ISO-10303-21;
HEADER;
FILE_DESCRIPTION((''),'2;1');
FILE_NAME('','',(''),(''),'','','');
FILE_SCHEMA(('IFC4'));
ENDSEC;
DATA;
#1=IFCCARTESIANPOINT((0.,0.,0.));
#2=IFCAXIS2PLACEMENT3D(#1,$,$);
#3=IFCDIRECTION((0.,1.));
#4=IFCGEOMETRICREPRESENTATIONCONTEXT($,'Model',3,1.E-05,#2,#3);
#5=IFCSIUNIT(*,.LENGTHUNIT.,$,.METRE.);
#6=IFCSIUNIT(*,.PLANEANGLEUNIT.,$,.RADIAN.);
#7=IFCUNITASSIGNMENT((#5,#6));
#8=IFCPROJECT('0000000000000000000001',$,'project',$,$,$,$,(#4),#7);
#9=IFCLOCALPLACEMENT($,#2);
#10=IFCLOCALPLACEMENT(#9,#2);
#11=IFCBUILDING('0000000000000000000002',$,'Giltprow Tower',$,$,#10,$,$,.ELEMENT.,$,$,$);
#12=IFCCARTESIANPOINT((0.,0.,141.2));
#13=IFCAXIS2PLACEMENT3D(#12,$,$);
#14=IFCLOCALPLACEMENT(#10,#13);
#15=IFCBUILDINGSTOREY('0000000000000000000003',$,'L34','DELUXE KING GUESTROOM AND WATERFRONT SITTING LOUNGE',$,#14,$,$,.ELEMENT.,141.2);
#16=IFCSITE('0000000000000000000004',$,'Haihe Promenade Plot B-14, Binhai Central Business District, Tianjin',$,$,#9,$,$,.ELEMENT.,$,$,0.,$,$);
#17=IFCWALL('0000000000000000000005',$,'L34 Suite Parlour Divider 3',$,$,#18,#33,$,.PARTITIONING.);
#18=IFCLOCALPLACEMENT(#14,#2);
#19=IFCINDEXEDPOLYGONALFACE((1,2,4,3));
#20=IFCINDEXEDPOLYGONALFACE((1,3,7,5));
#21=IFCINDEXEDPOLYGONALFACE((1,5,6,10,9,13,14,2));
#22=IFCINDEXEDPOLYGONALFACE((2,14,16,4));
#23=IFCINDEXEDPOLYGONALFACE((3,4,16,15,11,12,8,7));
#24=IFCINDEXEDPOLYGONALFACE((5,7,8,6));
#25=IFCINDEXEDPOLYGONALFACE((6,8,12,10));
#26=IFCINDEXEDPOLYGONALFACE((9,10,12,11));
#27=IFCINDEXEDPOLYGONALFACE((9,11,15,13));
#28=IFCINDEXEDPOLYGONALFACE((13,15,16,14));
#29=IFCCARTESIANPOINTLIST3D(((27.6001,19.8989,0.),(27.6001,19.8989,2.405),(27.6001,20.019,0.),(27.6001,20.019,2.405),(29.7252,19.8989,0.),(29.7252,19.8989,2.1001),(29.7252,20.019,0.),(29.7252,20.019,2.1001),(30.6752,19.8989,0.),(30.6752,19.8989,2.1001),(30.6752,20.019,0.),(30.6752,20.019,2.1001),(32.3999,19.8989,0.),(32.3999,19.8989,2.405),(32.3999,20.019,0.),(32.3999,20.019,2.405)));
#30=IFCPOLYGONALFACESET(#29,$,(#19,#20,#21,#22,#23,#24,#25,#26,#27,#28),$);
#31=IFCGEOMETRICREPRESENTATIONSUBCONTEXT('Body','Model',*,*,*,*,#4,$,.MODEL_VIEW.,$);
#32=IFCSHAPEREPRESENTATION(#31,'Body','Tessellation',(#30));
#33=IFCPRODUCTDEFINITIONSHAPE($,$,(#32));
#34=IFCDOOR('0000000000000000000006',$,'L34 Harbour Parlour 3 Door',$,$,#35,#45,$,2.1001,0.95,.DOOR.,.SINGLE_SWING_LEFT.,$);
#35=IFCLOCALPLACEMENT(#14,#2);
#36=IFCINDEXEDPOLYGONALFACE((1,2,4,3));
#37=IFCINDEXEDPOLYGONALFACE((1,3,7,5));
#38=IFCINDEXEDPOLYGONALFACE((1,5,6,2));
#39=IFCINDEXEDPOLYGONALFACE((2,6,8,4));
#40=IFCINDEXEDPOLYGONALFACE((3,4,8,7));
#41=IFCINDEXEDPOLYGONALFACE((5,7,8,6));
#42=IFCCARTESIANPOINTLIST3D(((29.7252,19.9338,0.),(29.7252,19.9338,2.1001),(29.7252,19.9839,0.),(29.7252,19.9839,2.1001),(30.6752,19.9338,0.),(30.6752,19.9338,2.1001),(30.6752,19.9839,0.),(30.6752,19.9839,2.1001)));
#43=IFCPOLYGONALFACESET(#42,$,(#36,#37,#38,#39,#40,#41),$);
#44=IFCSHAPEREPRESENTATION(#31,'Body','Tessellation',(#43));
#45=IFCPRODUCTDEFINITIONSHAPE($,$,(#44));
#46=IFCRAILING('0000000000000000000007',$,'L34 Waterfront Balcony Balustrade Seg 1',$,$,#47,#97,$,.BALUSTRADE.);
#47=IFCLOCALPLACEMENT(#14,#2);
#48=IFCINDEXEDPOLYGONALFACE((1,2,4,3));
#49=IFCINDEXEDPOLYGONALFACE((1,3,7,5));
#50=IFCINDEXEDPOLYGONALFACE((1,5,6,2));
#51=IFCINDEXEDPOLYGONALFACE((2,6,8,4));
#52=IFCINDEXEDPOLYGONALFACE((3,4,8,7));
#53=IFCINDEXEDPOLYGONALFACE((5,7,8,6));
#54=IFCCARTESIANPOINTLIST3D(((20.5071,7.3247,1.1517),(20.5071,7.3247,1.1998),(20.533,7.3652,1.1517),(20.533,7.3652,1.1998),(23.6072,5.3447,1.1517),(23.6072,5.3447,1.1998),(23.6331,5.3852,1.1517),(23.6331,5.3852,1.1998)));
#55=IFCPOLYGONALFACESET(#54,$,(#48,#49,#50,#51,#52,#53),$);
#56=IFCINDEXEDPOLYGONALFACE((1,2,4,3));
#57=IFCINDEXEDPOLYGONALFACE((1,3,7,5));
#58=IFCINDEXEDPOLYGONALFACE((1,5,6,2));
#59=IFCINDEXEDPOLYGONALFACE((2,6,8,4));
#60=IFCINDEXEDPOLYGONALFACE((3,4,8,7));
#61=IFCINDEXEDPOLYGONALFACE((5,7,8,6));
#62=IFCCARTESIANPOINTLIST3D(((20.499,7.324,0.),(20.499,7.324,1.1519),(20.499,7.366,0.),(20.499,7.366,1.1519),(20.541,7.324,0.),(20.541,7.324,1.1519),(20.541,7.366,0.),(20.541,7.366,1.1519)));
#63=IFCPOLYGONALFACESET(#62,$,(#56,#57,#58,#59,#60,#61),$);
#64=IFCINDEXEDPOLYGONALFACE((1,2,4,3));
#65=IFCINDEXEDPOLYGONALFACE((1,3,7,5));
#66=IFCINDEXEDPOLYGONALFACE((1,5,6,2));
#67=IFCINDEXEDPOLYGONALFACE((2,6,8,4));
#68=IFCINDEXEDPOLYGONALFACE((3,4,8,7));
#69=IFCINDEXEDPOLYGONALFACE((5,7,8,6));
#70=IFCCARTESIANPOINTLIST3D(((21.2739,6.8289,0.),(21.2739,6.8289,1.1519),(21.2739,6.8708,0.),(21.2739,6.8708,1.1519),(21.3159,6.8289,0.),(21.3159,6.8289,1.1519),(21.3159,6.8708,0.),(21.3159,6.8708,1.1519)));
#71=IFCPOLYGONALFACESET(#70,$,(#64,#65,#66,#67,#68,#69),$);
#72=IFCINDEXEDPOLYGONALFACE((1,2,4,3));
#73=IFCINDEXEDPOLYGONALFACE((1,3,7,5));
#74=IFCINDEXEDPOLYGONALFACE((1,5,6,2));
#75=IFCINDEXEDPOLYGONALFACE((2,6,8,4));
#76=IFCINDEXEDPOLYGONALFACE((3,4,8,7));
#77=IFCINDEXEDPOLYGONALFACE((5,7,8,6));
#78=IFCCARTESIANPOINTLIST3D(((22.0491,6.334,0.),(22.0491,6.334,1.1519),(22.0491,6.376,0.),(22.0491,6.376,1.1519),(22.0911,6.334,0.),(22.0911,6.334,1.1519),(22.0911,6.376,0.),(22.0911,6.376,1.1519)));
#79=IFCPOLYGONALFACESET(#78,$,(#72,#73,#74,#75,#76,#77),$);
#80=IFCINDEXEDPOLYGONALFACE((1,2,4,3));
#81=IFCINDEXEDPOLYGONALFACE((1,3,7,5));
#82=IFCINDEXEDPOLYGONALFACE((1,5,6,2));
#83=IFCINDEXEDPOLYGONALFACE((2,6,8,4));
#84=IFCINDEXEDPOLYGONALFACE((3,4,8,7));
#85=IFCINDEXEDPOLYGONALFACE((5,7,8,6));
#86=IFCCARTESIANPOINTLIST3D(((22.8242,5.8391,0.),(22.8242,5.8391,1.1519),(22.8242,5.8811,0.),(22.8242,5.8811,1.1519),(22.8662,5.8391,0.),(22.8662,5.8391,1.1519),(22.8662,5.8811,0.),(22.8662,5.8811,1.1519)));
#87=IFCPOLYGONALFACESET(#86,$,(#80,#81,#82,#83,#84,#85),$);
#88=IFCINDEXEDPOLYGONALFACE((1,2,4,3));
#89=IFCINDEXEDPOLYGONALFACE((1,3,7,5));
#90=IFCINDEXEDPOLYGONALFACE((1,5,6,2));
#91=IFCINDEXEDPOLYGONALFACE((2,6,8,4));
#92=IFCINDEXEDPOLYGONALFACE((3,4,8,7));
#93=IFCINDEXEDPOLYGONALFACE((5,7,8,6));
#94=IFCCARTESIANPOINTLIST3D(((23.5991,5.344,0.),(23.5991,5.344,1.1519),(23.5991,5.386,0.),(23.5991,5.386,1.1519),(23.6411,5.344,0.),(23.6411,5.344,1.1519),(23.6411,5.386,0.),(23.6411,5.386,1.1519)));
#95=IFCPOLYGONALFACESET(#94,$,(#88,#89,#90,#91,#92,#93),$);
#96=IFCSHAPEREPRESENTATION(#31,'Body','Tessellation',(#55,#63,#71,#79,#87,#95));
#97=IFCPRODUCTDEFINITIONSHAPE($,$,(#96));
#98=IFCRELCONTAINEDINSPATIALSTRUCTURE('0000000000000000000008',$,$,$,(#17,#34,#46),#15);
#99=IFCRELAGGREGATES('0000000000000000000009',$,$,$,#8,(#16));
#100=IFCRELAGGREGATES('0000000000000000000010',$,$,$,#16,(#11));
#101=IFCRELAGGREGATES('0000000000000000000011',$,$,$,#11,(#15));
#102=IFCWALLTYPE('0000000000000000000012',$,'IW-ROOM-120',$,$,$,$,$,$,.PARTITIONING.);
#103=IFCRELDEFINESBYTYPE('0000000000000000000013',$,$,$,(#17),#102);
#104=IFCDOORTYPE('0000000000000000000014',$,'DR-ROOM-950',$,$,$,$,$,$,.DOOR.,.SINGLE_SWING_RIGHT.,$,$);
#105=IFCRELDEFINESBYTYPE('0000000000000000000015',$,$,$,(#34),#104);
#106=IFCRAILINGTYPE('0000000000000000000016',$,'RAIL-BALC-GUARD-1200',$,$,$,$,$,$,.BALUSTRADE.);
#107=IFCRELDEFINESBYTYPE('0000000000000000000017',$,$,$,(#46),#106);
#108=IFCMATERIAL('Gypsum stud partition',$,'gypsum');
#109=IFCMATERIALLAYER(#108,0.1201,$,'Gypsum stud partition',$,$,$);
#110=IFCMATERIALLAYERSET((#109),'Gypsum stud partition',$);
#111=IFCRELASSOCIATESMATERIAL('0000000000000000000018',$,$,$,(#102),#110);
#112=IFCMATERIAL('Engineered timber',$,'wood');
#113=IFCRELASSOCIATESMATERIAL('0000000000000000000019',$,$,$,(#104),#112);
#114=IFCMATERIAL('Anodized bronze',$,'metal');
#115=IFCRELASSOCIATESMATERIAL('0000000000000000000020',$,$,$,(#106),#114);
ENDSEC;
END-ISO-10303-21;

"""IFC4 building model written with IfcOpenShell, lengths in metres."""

from ifc_helpers import new_model, si_unit, direction, frame, frame_2d, origin, origin_2d, place, context, subcontext, project, spatial, rectangle, extrude, source, transform, mapped, material, layer, layer_set, type_object, element, fill, save


model = new_model("IFC4")

# Units and contexts
model_context = context("Model", 3, precision=1e-05, world=origin(), true_north=direction((0.0, 1.0)))
body_context = subcontext(model_context, "Body", "Model", "MODEL_VIEW")
ifc_project = project(units=[si_unit("LENGTHUNIT", "METRE"), si_unit("PLANEANGLEUNIT", "RADIAN")], contexts=[model_context])

# Site, building, storey
site_placement = place(None, origin())
site = spatial("IfcSite", under=ifc_project, at=site_placement, Name="Haihe Promenade Plot B-14, Binhai Central Business District, Tianjin", CompositionType="ELEMENT", RefElevation=0.0)
building_placement = place(site_placement, origin())
building = spatial("IfcBuilding", under=site, at=building_placement, Name="Giltprow Tower", CompositionType="ELEMENT")
storey_placement = place(building_placement, frame((0.0, 0.0, 141.2)))
storey = spatial("IfcBuildingStorey", under=building, at=storey_placement, Name="L34", Description="DELUXE KING GUESTROOM AND WATERFRONT SITTING LOUNGE", CompositionType="ELEMENT", Elevation=141.2)

# Shared definitions
ifc_material_1 = material(Name="Gypsum stud partition", Category="gypsum")

# Wall, opening, door
ifc_layer_1 = layer(ifc_material_1, 0.1201, Name="Gypsum stud partition")
ifc_layer_set_1 = layer_set([ifc_layer_1], Name="Gypsum stud partition")
wall_type_1 = type_object("IfcWallType", Name="IW-ROOM-120", PredefinedType="PARTITIONING", material=ifc_layer_set_1)
ifc_material_2 = material(Name="Engineered timber", Category="wood")
door_type_1 = type_object("IfcDoorType", Name="DR-ROOM-950", OperationType="SINGLE_SWING_RIGHT", PredefinedType="DOOR", material=ifc_material_2)
shared_shape_1 = source(origin(), body_context, "Body", "SweptSolid", [
    extrude(rectangle(XDim=0.95, YDim=2.1001, at=frame_2d((0.4751, 1.05))), frame((0.0, 0.0249, 0.0), z_axis=(0.0, -1.0, 0.0), x_axis=(1.0, 0.0, 0.0)), (0.0, 0.0, 1.0), 0.05),
])
wall_1_placement = place(storey_placement, frame((27.6001, 19.959, 0.0), z_axis=(0.0, 0.0, 1.0), x_axis=(1.0, 0.0, 0.0)))
wall_1 = element("IfcWall", 1, at=wall_1_placement, inside=storey, type_object=wall_type_1, Name="L34 Suite Parlour Divider 3", PredefinedType="PARTITIONING", context=body_context, shape_type="SweptSolid", body=[
    extrude(rectangle(XDim=4.7998, YDim=0.1201, at=frame_2d((2.3999, 0.0))), origin(), (0.0, 0.0, 1.0), 2.405),
])
opening_1_placement = place(wall_1_placement, frame((2.125, 0.0, 0.0)))
opening_1 = element("IfcOpeningElement", 2, at=opening_1_placement, cuts=wall_1, PredefinedType="OPENING", context=body_context, shape_type="SweptSolid", body=[
    extrude(rectangle(XDim=0.95, YDim=2.1001, at=frame_2d((0.4751, 1.05))), frame((0.0, 0.0701, 0.0), z_axis=(0.0, -1.0, 0.0), x_axis=(1.0, 0.0, 0.0)), (0.0, 0.0, 1.0), 0.1401),
])
door_1_placement = place(opening_1_placement, origin())
door_1 = element("IfcDoor", 3, at=door_1_placement, inside=storey, type_object=door_type_1, Name="L34 Harbour Parlour 3 Door", OperationType="SINGLE_SWING_LEFT", OverallHeight=2.1001, OverallWidth=0.95, PredefinedType="DOOR", context=body_context, shape_type="MappedRepresentation", body=[
    mapped(shared_shape_1, transform((0.0, 0.0, 0.0), x_axis=(1.0, 0.0, 0.0), y_axis=(0.0, 1.0, 0.0), z_axis=(0.0, 0.0, 1.0), scale=1.0)),
])
fill(opening_1, door_1)

# Railing
ifc_material_3 = material(Name="Anodized bronze", Category="metal")
railing_type = type_object("IfcRailingType", Name="RAIL-BALC-GUARD-1200", PredefinedType="BALUSTRADE", material=ifc_material_3)
railing_1_placement = place(storey_placement, frame((20.52, 7.345, 0.0)))
element("IfcRailing", 4, at=railing_1_placement, inside=storey, type_object=railing_type, Name="L34 Waterfront Balcony Balustrade Seg 1", PredefinedType="BALUSTRADE", context=body_context, shape_type="SweptSolid", body=[
    extrude(rectangle(XDim=0.0481, YDim=0.0481, at=origin_2d()), frame((0.0, 0.0, 1.1758), z_axis=(0.842775, -0.538266, 0.0), x_axis=(0.538266, 0.842775, 0.0)), (0.0, 0.0, 1.0), 3.6785),
    extrude(rectangle(XDim=0.042, YDim=0.042, at=origin_2d()), origin(), (0.0, 0.0, 1.0), 1.1519),
    extrude(rectangle(XDim=0.042, YDim=0.042, at=origin_2d()), frame((0.7749, -0.4951, 0.0)), (0.0, 0.0, 1.0), 1.1519),
    extrude(rectangle(XDim=0.042, YDim=0.042, at=origin_2d()), frame((1.55, -0.99, 0.0)), (0.0, 0.0, 1.0), 1.1519),
    extrude(rectangle(XDim=0.042, YDim=0.042, at=origin_2d()), frame((2.3252, -1.4849, 0.0)), (0.0, 0.0, 1.0), 1.1519),
    extrude(rectangle(XDim=0.042, YDim=0.042, at=origin_2d()), frame((3.1001, -1.98, 0.0)), (0.0, 0.0, 1.0), 1.1519),
])

save(model, "model.ifc")
